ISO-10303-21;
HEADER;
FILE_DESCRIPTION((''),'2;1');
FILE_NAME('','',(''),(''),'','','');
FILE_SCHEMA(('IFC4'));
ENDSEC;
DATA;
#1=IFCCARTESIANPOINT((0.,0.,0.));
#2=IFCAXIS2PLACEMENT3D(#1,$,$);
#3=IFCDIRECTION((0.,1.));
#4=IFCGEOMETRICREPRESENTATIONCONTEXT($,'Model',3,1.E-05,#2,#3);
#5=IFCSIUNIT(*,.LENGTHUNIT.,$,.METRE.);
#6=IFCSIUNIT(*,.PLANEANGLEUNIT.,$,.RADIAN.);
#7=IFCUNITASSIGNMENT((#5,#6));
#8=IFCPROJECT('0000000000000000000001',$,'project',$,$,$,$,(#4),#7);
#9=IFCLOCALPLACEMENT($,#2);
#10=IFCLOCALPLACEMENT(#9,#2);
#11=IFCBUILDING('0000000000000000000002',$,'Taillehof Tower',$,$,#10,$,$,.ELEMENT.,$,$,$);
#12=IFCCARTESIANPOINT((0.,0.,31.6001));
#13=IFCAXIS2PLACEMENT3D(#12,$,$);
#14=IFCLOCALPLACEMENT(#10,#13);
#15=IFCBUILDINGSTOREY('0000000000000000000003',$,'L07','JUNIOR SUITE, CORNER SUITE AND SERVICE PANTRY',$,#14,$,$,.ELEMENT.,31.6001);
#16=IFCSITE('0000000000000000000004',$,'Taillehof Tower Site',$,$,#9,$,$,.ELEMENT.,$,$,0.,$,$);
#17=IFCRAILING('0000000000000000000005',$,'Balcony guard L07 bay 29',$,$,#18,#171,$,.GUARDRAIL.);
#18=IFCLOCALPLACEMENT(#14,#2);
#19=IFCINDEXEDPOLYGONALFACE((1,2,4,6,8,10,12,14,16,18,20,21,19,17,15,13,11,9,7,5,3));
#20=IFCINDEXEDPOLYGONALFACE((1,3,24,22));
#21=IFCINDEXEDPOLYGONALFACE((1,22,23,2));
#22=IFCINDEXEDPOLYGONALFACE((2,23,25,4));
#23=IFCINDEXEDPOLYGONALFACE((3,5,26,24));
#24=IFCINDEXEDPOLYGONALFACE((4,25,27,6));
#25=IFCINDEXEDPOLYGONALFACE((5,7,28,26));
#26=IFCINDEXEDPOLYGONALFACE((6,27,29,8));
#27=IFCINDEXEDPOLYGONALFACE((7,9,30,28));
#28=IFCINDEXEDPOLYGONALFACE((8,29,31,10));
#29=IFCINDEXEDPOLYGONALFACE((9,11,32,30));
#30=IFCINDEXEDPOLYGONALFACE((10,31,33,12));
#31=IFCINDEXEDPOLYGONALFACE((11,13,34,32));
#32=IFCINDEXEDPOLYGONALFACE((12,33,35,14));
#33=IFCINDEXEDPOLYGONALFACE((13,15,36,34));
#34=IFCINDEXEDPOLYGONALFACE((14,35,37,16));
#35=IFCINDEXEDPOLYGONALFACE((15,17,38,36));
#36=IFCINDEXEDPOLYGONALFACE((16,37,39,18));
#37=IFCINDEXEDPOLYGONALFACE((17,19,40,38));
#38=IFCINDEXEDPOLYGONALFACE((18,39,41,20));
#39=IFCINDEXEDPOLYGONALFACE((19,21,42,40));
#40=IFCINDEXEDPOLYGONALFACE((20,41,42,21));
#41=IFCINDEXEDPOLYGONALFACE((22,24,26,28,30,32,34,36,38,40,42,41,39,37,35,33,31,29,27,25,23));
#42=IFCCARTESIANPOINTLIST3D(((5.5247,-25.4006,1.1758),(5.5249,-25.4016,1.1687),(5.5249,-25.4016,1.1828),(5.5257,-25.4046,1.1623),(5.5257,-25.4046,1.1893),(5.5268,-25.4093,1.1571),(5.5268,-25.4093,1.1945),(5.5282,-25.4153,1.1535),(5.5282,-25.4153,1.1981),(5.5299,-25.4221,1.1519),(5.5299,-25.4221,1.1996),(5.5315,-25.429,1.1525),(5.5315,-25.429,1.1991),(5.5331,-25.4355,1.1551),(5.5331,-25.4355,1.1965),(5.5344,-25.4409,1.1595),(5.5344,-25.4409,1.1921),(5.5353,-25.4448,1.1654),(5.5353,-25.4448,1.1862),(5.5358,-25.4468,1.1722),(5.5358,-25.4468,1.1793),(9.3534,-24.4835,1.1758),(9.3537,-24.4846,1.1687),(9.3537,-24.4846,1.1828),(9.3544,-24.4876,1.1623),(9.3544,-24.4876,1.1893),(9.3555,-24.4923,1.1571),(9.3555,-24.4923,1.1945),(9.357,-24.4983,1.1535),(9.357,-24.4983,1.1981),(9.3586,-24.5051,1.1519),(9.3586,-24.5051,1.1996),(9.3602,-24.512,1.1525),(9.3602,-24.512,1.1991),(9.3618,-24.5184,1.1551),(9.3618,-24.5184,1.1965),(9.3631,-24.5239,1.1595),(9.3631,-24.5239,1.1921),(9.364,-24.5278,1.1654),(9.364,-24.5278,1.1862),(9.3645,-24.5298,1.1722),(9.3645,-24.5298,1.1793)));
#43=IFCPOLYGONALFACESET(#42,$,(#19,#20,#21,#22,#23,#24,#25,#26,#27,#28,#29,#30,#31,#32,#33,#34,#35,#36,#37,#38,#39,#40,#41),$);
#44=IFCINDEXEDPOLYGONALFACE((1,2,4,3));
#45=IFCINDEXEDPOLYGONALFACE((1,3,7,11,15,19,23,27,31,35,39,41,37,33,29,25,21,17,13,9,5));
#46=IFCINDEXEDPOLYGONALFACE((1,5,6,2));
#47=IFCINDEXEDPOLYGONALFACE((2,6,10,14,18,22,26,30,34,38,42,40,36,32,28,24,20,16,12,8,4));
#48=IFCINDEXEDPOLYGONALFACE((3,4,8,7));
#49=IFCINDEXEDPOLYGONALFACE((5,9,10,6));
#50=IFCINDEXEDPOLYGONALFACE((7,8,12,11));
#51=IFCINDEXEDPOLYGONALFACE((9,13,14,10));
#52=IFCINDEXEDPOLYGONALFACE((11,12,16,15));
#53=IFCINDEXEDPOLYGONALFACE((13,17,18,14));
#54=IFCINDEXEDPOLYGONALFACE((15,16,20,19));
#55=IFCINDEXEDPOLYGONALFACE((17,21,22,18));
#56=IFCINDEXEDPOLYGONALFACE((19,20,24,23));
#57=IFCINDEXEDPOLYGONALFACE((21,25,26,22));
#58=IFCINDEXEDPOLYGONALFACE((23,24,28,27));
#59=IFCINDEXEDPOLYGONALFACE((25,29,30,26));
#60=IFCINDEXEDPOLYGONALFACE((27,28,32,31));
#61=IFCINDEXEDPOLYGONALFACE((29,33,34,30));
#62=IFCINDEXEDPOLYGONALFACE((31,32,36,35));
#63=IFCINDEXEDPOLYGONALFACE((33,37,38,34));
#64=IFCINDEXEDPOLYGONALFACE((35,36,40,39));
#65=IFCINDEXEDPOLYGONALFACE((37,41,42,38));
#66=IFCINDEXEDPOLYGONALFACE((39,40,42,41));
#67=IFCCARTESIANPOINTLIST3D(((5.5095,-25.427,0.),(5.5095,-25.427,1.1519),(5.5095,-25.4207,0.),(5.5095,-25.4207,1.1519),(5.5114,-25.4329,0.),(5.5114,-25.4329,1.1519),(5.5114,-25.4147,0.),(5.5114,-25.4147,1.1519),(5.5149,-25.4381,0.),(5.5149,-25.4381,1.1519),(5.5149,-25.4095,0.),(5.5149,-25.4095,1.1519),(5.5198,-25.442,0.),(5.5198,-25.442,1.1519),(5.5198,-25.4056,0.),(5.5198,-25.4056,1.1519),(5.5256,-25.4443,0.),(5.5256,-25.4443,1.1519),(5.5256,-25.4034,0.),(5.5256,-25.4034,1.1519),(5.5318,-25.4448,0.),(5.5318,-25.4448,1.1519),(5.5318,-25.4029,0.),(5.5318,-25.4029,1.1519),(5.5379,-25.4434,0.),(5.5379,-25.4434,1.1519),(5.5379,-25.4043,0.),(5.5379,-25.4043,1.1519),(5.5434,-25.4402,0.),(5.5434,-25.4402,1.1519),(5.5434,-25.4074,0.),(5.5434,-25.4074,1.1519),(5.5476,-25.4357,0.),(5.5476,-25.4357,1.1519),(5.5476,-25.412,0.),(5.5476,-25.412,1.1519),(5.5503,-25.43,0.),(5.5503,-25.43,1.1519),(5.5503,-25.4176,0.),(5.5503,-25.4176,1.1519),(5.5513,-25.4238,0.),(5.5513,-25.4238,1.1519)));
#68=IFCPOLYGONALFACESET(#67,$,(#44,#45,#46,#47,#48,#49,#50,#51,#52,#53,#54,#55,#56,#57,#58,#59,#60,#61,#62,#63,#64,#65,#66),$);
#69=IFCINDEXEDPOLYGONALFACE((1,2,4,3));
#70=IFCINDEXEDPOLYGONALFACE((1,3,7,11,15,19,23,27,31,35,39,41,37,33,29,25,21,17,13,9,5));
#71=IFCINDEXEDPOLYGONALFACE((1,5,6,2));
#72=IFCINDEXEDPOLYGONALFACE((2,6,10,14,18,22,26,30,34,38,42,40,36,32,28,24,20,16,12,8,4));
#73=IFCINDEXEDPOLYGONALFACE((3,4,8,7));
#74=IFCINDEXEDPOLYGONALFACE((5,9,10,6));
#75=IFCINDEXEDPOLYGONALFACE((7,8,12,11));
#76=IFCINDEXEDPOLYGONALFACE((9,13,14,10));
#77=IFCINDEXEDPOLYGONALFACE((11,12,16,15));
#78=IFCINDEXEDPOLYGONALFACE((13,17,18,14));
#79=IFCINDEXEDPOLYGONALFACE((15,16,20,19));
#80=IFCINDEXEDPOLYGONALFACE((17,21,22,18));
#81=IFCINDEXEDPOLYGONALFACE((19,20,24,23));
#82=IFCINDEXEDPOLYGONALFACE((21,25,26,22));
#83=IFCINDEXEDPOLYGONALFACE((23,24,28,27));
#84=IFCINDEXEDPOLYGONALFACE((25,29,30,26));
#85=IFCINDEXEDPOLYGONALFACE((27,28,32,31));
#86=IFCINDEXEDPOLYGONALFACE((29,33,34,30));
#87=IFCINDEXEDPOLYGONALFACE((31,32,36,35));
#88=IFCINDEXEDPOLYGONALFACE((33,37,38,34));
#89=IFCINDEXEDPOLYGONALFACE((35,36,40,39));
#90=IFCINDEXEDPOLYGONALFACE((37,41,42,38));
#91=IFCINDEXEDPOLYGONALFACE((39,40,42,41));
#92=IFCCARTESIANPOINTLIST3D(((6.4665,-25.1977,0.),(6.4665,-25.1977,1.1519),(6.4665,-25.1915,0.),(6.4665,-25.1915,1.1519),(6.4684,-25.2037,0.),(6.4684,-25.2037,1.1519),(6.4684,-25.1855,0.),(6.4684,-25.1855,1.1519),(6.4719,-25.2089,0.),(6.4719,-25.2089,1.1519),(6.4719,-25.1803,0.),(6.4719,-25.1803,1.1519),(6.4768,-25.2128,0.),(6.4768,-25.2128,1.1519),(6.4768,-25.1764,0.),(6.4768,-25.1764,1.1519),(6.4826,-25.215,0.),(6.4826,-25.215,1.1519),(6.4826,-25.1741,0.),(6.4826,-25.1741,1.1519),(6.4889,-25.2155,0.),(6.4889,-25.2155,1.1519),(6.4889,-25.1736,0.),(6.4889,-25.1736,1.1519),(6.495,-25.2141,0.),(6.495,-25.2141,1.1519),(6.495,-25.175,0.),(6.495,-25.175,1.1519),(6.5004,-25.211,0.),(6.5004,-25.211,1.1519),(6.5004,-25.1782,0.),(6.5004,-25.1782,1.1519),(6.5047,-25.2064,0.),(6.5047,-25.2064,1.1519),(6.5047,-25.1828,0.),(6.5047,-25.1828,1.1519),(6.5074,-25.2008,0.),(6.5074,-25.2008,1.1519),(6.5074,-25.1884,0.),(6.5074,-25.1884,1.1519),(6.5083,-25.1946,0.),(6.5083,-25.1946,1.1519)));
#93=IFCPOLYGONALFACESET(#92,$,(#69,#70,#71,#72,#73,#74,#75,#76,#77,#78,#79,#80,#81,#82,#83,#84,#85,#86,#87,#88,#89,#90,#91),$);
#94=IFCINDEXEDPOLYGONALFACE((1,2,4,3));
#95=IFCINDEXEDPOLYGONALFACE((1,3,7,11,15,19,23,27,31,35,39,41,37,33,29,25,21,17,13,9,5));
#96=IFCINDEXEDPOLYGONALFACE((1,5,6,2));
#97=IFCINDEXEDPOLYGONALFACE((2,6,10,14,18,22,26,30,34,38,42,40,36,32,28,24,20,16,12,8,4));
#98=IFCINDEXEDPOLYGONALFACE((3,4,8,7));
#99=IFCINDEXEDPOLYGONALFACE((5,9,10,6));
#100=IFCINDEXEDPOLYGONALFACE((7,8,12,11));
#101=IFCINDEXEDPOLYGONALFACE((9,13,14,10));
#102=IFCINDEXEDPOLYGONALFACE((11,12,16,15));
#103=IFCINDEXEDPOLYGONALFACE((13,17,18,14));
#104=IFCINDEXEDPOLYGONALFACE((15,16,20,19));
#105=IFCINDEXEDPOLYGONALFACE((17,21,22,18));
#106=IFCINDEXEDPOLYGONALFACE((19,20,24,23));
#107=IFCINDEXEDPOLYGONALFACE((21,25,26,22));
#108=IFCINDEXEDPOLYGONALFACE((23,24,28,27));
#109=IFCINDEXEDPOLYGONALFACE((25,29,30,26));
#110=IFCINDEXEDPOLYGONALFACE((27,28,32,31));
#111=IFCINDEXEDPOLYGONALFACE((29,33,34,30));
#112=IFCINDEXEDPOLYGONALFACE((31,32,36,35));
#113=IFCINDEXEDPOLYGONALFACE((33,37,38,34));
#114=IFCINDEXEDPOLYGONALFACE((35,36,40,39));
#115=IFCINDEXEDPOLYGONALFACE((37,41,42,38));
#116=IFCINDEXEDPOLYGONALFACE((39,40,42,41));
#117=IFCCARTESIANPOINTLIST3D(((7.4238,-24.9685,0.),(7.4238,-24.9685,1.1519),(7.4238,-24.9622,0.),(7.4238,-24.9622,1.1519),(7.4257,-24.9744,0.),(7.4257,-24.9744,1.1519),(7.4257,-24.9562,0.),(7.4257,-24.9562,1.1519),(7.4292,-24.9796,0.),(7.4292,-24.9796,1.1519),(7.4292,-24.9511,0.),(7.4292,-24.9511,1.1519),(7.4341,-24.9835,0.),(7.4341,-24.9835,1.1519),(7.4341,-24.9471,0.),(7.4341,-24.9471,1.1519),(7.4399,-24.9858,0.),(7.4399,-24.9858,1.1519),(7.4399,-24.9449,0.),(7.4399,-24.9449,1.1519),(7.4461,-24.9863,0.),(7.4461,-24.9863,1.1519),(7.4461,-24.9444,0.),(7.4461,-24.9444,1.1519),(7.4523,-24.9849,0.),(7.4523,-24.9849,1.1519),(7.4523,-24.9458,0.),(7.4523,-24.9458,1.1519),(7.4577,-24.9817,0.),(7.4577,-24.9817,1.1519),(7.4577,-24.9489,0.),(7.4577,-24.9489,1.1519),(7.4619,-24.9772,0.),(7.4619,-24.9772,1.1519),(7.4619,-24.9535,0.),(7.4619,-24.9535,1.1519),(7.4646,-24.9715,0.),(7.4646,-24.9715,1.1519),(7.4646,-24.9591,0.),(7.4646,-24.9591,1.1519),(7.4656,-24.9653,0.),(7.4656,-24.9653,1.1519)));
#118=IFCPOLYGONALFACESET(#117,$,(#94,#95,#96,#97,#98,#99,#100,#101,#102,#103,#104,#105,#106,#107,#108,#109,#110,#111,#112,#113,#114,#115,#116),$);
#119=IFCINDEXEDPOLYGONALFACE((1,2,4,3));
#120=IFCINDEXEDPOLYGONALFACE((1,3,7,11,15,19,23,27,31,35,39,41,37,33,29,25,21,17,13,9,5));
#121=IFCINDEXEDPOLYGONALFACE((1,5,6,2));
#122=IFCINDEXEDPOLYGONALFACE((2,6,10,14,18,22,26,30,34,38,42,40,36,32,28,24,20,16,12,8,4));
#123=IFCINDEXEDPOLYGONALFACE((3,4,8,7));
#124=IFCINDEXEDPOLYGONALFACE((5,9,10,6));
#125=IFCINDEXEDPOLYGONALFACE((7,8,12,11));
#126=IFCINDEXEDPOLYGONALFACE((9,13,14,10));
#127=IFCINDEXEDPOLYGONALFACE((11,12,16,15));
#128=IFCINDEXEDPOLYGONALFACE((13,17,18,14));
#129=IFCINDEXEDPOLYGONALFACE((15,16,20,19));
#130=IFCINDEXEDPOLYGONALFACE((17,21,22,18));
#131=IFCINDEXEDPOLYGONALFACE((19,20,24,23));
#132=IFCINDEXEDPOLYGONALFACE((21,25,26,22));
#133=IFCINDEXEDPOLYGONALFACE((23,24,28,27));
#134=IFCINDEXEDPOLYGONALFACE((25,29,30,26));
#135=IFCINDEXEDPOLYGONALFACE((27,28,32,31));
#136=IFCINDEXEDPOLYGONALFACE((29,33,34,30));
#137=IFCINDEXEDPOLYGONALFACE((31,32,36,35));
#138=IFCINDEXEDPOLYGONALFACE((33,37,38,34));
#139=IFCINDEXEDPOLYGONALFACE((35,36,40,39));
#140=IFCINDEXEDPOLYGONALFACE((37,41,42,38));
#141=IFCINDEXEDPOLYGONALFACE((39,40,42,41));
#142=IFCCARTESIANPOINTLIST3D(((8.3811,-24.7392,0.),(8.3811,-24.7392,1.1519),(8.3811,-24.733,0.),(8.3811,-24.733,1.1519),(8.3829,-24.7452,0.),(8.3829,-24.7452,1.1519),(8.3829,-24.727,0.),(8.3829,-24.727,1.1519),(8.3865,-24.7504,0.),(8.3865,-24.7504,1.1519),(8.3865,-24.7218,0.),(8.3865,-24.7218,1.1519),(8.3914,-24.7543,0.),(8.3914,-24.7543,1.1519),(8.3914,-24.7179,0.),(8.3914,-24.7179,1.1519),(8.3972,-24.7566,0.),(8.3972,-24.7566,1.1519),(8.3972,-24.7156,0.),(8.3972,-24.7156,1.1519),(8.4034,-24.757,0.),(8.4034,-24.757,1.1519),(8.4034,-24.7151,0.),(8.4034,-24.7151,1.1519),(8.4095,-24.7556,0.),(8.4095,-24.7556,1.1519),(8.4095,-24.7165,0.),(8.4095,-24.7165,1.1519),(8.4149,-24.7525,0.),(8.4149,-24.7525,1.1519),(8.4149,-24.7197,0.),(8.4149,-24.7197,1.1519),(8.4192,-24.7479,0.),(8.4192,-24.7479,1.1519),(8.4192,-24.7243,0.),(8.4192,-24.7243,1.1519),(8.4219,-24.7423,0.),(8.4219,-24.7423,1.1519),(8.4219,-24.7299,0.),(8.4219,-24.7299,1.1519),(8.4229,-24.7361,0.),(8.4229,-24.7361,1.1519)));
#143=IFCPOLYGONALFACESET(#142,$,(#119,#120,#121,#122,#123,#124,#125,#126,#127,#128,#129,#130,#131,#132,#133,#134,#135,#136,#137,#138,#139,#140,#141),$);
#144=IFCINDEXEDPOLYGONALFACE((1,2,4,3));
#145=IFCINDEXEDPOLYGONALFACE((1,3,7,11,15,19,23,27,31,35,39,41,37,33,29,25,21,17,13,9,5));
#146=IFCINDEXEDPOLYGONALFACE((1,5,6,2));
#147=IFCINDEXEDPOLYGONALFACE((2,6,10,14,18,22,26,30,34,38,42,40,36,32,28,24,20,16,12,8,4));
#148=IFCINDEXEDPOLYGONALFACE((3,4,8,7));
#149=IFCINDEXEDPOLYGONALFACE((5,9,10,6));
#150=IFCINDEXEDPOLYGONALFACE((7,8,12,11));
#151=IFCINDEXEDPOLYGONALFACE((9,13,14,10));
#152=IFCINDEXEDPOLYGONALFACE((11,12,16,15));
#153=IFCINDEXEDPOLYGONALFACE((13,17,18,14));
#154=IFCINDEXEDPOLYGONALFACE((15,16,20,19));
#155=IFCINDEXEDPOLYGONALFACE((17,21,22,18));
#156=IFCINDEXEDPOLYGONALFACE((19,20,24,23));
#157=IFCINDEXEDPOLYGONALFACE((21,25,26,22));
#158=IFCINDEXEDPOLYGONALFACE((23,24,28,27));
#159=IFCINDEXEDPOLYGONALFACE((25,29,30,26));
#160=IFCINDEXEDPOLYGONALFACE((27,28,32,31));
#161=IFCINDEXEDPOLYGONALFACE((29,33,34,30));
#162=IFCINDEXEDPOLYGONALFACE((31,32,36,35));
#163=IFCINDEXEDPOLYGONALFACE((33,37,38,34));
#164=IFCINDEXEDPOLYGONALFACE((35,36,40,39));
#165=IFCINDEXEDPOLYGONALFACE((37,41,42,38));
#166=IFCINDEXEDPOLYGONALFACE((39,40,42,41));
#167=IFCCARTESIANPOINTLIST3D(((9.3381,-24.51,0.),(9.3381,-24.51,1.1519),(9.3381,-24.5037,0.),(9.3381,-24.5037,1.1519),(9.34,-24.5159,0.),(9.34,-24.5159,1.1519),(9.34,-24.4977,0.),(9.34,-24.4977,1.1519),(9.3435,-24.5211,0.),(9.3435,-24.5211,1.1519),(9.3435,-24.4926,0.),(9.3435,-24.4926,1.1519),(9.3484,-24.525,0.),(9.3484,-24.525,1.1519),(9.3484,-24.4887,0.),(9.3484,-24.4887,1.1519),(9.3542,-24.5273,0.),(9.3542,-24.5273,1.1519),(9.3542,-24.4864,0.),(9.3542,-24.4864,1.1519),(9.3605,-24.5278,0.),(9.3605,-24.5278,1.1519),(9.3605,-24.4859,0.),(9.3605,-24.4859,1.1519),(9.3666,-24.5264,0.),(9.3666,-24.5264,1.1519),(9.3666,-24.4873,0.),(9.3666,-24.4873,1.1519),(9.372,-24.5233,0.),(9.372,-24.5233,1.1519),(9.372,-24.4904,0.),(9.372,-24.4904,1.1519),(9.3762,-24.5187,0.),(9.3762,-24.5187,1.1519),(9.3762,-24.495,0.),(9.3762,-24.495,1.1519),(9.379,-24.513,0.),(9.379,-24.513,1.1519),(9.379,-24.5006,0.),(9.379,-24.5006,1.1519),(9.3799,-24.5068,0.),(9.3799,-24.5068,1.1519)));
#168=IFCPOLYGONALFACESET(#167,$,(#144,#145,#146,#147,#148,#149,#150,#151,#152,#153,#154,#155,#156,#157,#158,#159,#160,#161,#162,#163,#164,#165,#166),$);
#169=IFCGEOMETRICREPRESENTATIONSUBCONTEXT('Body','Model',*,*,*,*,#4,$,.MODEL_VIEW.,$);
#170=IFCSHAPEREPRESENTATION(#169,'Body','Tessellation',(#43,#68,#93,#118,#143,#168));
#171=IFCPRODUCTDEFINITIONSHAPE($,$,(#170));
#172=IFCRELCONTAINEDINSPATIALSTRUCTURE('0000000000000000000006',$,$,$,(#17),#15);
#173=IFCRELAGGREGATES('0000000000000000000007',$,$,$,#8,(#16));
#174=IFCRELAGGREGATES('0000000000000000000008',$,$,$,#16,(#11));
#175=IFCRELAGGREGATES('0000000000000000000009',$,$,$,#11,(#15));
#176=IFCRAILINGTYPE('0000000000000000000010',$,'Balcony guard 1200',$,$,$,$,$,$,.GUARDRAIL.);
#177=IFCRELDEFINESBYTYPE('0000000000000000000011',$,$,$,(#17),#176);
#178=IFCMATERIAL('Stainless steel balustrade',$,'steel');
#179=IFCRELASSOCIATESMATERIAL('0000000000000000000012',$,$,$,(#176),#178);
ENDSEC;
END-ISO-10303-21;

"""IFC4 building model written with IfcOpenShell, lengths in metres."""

from ifc_helpers import new_model, si_unit, direction, frame, origin, origin_2d, place, context, subcontext, project, spatial, circle, extrude, material, type_object, element, save


model = new_model("IFC4")

# Units and contexts
model_context = context("Model", 3, precision=1e-05, world=origin(), true_north=direction((0.0, 1.0)))
body_context = subcontext(model_context, "Body", "Model", "MODEL_VIEW")
ifc_project = project(units=[si_unit("LENGTHUNIT", "METRE"), si_unit("PLANEANGLEUNIT", "RADIAN")], contexts=[model_context])

# Site, building, storey
site_placement = place(None, origin())
site = spatial("IfcSite", under=ifc_project, at=site_placement, Name="Taillehof Tower Site", CompositionType="ELEMENT", RefElevation=0.0)
building_placement = place(site_placement, origin())
building = spatial("IfcBuilding", under=site, at=building_placement, Name="Taillehof Tower", CompositionType="ELEMENT")
storey_placement = place(building_placement, frame((0.0, 0.0, 31.6001)))
storey = spatial("IfcBuildingStorey", under=building, at=storey_placement, Name="L07", Description="JUNIOR SUITE, CORNER SUITE AND SERVICE PANTRY", CompositionType="ELEMENT", Elevation=31.6001)

# Railing
ifc_material_1 = material(Name="Stainless steel balustrade", Category="steel")
railing_type = type_object("IfcRailingType", Name="Balcony guard 1200", PredefinedType="GUARDRAIL", material=ifc_material_1)
railing_1_placement = place(storey_placement, frame((5.5303, -25.4238, 0.0)))
element("IfcRailing", 1, at=railing_1_placement, inside=storey, type_object=railing_type, Name="Balcony guard L07 bay 29", PredefinedType="GUARDRAIL", context=body_context, shape_type="SweptSolid", body=[
    extrude(circle(Radius=0.0239, at=origin_2d()), frame((0.0, 0.0, 1.1758), z_axis=(0.972495, 0.232923, 0.0), x_axis=(-0.232923, 0.972495, 0.0)), (0.0, 0.0, 1.0), 3.937),
    extrude(circle(Radius=0.021, at=origin_2d()), origin(), (0.0, 0.0, 1.0), 1.1519),
    extrude(circle(Radius=0.021, at=origin_2d()), frame((0.957, 0.2292, 0.0)), (0.0, 0.0, 1.0), 1.1519),
    extrude(circle(Radius=0.021, at=origin_2d()), frame((1.9143, 0.4585, 0.0)), (0.0, 0.0, 1.0), 1.1519),
    extrude(circle(Radius=0.021, at=origin_2d()), frame((2.8716, 0.6877, 0.0)), (0.0, 0.0, 1.0), 1.1519),
    extrude(circle(Radius=0.021, at=origin_2d()), frame((3.8286, 0.917, 0.0)), (0.0, 0.0, 1.0), 1.1519),
])

save(model, "model.ifc")
